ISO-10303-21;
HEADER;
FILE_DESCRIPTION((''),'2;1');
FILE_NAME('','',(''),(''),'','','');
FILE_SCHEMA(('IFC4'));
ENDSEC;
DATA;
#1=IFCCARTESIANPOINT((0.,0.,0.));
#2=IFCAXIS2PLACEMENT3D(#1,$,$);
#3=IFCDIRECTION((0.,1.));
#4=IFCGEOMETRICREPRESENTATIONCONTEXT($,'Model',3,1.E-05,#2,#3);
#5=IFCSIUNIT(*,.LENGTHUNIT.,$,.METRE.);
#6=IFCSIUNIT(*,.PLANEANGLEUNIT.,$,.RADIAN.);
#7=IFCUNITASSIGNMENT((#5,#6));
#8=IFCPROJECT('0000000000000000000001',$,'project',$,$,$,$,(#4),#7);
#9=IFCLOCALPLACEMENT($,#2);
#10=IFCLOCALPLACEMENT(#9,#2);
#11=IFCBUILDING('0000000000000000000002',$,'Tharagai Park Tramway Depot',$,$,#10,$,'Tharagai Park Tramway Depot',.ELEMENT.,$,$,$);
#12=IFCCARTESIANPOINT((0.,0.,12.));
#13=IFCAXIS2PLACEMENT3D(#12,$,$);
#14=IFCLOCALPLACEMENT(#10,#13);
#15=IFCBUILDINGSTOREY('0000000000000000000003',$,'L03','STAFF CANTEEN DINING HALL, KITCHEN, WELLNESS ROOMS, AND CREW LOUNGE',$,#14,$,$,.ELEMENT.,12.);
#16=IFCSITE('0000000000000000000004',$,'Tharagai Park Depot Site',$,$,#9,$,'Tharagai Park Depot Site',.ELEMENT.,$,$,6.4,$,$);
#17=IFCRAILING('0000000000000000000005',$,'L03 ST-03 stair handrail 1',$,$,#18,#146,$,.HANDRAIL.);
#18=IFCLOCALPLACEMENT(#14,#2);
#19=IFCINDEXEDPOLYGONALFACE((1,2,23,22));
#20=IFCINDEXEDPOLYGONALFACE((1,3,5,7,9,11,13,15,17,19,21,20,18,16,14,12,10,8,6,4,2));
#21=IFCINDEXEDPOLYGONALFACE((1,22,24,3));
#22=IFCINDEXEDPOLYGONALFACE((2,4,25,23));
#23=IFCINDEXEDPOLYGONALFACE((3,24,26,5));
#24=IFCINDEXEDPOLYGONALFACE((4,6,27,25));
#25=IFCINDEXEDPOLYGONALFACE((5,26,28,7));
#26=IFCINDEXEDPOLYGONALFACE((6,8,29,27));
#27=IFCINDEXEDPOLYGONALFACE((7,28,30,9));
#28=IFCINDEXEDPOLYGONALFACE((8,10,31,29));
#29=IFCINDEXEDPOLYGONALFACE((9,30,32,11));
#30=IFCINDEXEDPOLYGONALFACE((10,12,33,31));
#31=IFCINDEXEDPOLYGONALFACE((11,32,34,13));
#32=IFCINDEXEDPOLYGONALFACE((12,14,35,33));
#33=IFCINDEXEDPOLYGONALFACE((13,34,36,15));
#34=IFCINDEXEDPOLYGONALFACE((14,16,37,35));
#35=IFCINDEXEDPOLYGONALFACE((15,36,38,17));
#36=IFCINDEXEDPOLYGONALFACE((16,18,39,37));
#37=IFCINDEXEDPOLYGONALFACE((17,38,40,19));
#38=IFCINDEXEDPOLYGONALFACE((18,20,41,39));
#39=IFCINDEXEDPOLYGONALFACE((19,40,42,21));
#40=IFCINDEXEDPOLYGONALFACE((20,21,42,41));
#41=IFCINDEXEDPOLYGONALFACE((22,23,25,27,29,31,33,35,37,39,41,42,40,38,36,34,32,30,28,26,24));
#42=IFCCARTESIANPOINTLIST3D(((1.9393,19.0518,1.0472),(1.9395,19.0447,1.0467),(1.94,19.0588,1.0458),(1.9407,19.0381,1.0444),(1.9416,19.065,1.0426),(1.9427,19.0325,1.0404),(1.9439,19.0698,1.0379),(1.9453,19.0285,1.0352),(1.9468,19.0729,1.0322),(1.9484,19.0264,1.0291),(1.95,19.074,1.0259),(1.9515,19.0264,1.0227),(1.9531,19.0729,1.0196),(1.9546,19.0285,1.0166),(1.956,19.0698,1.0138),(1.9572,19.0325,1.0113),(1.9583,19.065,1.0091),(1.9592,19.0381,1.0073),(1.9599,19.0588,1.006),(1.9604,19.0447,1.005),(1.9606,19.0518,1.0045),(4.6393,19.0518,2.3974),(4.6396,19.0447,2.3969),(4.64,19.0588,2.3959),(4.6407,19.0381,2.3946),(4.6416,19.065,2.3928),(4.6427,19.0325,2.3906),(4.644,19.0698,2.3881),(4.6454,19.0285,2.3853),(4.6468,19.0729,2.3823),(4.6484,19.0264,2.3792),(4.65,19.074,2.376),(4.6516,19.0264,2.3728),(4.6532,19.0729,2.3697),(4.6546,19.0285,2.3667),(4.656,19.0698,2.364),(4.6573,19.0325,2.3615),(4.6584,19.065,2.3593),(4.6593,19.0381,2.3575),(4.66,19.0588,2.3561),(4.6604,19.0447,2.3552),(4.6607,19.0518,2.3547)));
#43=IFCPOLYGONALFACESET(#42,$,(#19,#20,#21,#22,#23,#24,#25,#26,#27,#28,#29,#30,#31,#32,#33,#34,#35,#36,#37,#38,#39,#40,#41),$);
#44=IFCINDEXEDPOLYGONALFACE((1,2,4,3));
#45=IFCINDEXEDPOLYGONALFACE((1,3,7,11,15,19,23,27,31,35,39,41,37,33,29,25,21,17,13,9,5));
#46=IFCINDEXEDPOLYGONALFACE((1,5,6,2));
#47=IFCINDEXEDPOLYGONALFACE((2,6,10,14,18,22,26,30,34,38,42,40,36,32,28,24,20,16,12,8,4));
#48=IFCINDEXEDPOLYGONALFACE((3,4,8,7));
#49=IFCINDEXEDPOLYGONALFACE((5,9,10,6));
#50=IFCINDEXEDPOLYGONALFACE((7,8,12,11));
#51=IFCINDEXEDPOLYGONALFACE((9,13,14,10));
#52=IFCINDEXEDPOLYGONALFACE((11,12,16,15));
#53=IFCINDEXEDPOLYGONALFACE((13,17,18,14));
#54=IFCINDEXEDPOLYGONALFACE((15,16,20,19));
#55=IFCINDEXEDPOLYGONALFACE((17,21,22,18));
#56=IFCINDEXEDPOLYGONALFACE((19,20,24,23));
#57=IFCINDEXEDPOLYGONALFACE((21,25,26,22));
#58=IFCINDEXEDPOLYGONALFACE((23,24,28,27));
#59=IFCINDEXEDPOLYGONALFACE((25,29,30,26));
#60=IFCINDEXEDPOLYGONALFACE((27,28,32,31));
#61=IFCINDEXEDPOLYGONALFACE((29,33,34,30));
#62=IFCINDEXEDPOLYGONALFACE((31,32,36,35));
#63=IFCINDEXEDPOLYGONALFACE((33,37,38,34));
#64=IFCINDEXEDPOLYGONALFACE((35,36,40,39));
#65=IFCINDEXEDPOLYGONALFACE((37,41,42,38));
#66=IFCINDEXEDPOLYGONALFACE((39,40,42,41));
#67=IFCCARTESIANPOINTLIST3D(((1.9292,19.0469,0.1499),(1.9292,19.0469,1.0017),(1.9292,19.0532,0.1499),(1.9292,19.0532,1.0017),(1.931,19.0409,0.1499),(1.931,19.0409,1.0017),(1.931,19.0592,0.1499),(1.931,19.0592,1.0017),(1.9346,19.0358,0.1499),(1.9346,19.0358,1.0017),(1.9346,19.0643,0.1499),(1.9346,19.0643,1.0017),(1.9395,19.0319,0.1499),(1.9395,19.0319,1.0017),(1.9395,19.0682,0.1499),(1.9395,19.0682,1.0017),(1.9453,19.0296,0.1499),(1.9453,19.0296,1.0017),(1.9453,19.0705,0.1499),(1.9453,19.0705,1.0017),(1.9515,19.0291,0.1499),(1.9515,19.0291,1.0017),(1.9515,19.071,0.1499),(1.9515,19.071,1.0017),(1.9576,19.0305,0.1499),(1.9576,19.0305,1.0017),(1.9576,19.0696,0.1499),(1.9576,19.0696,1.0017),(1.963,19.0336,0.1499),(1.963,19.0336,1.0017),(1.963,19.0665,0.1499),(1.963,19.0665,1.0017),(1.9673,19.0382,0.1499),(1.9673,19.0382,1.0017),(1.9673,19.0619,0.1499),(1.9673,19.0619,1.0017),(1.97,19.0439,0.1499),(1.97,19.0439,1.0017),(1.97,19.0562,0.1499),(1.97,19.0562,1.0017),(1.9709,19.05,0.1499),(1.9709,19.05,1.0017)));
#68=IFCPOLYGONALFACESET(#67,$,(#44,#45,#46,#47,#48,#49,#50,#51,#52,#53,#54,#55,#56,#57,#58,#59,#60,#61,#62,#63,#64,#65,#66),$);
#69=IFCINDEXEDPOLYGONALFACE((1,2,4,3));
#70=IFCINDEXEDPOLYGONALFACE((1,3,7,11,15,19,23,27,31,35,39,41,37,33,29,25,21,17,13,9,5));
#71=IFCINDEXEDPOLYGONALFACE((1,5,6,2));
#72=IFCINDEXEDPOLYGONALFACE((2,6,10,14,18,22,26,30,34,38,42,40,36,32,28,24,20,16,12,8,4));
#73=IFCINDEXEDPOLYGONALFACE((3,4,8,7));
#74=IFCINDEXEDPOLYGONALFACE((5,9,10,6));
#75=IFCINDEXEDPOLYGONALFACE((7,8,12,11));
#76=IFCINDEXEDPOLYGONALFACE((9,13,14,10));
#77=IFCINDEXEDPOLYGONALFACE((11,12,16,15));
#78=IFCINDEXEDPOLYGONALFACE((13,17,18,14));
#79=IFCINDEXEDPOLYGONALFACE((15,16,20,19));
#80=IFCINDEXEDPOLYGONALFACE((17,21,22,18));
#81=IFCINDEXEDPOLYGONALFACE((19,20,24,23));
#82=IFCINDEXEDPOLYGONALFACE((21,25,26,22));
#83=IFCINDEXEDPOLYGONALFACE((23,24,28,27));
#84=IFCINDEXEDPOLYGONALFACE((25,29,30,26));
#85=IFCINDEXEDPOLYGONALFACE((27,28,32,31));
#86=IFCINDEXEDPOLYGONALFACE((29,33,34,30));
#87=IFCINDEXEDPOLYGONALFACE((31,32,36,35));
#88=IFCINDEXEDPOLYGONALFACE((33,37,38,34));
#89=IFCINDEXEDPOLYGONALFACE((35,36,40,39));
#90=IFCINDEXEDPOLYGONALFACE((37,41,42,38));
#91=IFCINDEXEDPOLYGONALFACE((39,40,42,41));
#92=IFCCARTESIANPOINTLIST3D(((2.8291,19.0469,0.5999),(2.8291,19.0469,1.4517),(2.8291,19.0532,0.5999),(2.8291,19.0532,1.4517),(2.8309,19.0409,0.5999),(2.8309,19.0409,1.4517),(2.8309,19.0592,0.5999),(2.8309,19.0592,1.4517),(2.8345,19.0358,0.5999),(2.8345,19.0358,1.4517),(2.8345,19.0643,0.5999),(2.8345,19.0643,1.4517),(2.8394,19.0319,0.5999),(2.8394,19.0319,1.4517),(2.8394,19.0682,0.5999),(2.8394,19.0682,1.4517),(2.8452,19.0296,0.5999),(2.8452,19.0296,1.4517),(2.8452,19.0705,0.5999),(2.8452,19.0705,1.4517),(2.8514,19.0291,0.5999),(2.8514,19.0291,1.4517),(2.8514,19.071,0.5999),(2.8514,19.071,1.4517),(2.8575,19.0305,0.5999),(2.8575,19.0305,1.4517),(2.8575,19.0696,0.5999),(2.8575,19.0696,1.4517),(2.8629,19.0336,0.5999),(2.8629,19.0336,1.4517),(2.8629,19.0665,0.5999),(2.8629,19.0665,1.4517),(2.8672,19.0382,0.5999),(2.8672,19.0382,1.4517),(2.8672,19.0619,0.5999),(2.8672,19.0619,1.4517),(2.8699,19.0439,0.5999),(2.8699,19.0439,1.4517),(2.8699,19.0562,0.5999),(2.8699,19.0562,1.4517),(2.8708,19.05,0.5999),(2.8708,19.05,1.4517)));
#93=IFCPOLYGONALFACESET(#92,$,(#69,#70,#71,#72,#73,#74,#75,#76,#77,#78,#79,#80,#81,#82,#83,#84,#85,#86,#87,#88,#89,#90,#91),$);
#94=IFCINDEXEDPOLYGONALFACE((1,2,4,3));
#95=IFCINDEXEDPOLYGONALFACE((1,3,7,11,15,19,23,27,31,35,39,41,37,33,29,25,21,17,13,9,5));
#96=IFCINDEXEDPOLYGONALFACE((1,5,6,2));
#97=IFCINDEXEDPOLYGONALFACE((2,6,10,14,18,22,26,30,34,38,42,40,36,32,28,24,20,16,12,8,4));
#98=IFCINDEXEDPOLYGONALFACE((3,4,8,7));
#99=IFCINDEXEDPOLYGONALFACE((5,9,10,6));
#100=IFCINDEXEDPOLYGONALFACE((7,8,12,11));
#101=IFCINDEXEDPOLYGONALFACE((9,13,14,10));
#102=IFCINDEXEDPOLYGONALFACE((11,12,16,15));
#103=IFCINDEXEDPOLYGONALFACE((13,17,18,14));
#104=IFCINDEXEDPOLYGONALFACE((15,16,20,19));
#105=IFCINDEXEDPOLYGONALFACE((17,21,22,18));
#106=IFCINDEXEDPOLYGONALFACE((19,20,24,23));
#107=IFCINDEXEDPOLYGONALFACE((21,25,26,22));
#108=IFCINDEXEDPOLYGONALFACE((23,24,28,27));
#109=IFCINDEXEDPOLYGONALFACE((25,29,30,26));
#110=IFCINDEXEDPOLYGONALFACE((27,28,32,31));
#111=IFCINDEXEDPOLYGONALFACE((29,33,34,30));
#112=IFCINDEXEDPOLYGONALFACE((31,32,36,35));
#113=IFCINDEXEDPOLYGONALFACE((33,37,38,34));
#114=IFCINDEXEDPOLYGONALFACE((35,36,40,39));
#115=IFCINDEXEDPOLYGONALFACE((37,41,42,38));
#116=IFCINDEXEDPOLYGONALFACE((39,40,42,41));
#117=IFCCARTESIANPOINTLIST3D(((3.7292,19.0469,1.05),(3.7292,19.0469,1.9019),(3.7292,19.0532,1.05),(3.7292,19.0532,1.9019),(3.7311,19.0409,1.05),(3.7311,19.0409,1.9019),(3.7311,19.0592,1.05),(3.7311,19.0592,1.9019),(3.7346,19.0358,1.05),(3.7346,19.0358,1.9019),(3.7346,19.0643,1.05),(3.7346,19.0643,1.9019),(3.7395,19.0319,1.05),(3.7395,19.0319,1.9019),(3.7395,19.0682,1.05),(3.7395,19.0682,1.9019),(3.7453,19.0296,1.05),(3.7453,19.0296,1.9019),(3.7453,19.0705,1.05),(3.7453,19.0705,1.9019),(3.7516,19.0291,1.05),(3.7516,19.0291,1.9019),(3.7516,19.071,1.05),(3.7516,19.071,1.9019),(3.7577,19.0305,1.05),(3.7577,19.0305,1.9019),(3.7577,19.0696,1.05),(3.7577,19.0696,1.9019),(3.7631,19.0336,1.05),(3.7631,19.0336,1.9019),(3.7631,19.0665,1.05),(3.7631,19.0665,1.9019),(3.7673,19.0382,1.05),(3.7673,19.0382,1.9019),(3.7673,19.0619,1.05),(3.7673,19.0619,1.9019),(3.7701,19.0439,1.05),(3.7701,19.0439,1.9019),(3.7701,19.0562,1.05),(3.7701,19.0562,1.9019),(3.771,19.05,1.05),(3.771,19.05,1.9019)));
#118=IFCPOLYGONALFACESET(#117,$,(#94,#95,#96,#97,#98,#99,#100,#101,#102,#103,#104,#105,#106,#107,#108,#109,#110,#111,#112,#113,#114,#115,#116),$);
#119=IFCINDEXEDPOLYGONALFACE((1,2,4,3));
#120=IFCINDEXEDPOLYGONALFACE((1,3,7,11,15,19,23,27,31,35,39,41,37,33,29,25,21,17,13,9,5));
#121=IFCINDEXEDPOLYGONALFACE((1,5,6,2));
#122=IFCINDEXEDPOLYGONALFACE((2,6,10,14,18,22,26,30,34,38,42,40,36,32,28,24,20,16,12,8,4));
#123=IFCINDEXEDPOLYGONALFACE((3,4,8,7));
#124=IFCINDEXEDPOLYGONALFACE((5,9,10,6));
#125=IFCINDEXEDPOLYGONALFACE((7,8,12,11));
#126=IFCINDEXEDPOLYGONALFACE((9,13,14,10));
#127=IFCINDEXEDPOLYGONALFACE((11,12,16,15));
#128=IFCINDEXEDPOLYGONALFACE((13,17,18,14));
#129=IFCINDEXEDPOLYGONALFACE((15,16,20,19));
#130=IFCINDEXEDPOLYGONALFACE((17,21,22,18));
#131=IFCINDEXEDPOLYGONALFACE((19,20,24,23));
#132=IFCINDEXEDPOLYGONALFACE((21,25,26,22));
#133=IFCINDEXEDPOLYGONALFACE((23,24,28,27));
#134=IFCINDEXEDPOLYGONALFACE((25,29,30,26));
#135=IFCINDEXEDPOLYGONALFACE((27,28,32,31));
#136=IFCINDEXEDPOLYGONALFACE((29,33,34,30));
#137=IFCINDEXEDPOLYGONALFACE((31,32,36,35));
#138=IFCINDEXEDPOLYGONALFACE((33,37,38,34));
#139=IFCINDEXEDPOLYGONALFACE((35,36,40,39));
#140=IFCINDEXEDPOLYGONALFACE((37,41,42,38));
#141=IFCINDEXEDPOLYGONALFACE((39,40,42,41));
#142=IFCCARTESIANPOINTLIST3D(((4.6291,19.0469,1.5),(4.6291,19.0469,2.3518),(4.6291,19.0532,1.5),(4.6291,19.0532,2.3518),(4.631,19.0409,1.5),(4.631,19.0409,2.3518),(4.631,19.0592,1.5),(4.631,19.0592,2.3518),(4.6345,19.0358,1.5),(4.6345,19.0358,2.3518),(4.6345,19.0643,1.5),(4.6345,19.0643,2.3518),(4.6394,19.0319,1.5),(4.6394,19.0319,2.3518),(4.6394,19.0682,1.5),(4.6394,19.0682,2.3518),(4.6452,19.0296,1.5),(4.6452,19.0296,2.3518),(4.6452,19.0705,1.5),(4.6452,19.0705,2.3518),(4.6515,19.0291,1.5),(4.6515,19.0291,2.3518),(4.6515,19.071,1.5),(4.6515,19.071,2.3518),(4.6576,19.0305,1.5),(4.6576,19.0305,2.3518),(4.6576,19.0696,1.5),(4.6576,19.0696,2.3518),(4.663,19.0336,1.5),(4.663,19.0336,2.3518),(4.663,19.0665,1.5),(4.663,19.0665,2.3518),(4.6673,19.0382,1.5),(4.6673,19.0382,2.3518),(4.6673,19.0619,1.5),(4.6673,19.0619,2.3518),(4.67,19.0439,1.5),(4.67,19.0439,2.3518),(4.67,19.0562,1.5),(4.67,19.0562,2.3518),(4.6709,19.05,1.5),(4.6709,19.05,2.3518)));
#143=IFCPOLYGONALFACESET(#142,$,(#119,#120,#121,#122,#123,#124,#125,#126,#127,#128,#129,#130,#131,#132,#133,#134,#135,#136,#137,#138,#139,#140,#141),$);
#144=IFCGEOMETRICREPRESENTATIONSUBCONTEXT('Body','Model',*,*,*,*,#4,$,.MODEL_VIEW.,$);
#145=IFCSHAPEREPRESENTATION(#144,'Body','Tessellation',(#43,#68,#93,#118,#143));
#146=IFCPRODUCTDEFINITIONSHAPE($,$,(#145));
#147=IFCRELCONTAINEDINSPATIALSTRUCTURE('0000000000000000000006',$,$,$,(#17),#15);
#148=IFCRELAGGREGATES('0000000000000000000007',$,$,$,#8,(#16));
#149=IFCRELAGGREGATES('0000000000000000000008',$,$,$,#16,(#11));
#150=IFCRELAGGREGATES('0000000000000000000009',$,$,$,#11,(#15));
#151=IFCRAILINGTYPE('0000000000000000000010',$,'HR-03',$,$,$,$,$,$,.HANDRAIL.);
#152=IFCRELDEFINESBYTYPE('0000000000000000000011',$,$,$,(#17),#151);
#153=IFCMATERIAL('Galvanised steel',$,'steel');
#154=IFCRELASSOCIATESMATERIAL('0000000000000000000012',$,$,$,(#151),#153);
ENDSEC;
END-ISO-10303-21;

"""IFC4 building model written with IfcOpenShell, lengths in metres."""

from ifc_helpers import new_model, si_unit, direction, frame, origin, origin_2d, place, context, subcontext, project, spatial, circle, extrude, material, type_object, element, save


model = new_model("IFC4")

# Units and contexts
model_context = context("Model", 3, precision=1e-05, world=origin(), true_north=direction((0.0, 1.0)))
body_context = subcontext(model_context, "Body", "Model", "MODEL_VIEW")
ifc_project = project(units=[si_unit("LENGTHUNIT", "METRE"), si_unit("PLANEANGLEUNIT", "RADIAN")], contexts=[model_context])

# Site, building, storey
site_placement = place(None, origin())
site = spatial("IfcSite", under=ifc_project, at=site_placement, Name="Tharagai Park Depot Site", LongName="Tharagai Park Depot Site", CompositionType="ELEMENT", RefElevation=6.4)
building_placement = place(site_placement, origin())
building = spatial("IfcBuilding", under=site, at=building_placement, Name="Tharagai Park Tramway Depot", LongName="Tharagai Park Tramway Depot", CompositionType="ELEMENT")
storey_placement = place(building_placement, frame((0.0, 0.0, 12.0)))
storey = spatial("IfcBuildingStorey", under=building, at=storey_placement, Name="L03", Description="STAFF CANTEEN DINING HALL, KITCHEN, WELLNESS ROOMS, AND CREW LOUNGE", CompositionType="ELEMENT", Elevation=12.0)

# Shared definitions
ifc_material_1 = material(Name="Galvanised steel", Category="steel")

# Railing
railing_type_1 = type_object("IfcRailingType", Name="HR-03", PredefinedType="HANDRAIL", material=ifc_material_1)
railing_1_placement = place(storey_placement, frame((1.95, 19.05, 0.1499)))
element("IfcRailing", 1, at=railing_1_placement, inside=storey, type_object=railing_type_1, Name="L03 ST-03 stair handrail 1", PredefinedType="HANDRAIL", context=body_context, shape_type="SweptSolid", body=[
    extrude(circle(Radius=0.0239, at=origin_2d()), frame((0.0, 0.0, 0.876), z_axis=(0.894411, 0.0, 0.447246), x_axis=(0.0, 1.0, 0.0)), (0.0, 0.0, 1.0), 3.0188),
    extrude(circle(Radius=0.021, at=origin_2d()), origin(), (0.0, 0.0, 1.0), 0.8518),
    extrude(circle(Radius=0.021, at=origin_2d()), frame((0.8999, 0.0, 0.45)), (0.0, 0.0, 1.0), 0.8518),
    extrude(circle(Radius=0.021, at=origin_2d()), frame((1.8, 0.0, 0.9001)), (0.0, 0.0, 1.0), 0.8518),
    extrude(circle(Radius=0.021, at=origin_2d()), frame((2.7, 0.0, 1.3501)), (0.0, 0.0, 1.0), 0.8518),
])

save(model, "model.ifc")
